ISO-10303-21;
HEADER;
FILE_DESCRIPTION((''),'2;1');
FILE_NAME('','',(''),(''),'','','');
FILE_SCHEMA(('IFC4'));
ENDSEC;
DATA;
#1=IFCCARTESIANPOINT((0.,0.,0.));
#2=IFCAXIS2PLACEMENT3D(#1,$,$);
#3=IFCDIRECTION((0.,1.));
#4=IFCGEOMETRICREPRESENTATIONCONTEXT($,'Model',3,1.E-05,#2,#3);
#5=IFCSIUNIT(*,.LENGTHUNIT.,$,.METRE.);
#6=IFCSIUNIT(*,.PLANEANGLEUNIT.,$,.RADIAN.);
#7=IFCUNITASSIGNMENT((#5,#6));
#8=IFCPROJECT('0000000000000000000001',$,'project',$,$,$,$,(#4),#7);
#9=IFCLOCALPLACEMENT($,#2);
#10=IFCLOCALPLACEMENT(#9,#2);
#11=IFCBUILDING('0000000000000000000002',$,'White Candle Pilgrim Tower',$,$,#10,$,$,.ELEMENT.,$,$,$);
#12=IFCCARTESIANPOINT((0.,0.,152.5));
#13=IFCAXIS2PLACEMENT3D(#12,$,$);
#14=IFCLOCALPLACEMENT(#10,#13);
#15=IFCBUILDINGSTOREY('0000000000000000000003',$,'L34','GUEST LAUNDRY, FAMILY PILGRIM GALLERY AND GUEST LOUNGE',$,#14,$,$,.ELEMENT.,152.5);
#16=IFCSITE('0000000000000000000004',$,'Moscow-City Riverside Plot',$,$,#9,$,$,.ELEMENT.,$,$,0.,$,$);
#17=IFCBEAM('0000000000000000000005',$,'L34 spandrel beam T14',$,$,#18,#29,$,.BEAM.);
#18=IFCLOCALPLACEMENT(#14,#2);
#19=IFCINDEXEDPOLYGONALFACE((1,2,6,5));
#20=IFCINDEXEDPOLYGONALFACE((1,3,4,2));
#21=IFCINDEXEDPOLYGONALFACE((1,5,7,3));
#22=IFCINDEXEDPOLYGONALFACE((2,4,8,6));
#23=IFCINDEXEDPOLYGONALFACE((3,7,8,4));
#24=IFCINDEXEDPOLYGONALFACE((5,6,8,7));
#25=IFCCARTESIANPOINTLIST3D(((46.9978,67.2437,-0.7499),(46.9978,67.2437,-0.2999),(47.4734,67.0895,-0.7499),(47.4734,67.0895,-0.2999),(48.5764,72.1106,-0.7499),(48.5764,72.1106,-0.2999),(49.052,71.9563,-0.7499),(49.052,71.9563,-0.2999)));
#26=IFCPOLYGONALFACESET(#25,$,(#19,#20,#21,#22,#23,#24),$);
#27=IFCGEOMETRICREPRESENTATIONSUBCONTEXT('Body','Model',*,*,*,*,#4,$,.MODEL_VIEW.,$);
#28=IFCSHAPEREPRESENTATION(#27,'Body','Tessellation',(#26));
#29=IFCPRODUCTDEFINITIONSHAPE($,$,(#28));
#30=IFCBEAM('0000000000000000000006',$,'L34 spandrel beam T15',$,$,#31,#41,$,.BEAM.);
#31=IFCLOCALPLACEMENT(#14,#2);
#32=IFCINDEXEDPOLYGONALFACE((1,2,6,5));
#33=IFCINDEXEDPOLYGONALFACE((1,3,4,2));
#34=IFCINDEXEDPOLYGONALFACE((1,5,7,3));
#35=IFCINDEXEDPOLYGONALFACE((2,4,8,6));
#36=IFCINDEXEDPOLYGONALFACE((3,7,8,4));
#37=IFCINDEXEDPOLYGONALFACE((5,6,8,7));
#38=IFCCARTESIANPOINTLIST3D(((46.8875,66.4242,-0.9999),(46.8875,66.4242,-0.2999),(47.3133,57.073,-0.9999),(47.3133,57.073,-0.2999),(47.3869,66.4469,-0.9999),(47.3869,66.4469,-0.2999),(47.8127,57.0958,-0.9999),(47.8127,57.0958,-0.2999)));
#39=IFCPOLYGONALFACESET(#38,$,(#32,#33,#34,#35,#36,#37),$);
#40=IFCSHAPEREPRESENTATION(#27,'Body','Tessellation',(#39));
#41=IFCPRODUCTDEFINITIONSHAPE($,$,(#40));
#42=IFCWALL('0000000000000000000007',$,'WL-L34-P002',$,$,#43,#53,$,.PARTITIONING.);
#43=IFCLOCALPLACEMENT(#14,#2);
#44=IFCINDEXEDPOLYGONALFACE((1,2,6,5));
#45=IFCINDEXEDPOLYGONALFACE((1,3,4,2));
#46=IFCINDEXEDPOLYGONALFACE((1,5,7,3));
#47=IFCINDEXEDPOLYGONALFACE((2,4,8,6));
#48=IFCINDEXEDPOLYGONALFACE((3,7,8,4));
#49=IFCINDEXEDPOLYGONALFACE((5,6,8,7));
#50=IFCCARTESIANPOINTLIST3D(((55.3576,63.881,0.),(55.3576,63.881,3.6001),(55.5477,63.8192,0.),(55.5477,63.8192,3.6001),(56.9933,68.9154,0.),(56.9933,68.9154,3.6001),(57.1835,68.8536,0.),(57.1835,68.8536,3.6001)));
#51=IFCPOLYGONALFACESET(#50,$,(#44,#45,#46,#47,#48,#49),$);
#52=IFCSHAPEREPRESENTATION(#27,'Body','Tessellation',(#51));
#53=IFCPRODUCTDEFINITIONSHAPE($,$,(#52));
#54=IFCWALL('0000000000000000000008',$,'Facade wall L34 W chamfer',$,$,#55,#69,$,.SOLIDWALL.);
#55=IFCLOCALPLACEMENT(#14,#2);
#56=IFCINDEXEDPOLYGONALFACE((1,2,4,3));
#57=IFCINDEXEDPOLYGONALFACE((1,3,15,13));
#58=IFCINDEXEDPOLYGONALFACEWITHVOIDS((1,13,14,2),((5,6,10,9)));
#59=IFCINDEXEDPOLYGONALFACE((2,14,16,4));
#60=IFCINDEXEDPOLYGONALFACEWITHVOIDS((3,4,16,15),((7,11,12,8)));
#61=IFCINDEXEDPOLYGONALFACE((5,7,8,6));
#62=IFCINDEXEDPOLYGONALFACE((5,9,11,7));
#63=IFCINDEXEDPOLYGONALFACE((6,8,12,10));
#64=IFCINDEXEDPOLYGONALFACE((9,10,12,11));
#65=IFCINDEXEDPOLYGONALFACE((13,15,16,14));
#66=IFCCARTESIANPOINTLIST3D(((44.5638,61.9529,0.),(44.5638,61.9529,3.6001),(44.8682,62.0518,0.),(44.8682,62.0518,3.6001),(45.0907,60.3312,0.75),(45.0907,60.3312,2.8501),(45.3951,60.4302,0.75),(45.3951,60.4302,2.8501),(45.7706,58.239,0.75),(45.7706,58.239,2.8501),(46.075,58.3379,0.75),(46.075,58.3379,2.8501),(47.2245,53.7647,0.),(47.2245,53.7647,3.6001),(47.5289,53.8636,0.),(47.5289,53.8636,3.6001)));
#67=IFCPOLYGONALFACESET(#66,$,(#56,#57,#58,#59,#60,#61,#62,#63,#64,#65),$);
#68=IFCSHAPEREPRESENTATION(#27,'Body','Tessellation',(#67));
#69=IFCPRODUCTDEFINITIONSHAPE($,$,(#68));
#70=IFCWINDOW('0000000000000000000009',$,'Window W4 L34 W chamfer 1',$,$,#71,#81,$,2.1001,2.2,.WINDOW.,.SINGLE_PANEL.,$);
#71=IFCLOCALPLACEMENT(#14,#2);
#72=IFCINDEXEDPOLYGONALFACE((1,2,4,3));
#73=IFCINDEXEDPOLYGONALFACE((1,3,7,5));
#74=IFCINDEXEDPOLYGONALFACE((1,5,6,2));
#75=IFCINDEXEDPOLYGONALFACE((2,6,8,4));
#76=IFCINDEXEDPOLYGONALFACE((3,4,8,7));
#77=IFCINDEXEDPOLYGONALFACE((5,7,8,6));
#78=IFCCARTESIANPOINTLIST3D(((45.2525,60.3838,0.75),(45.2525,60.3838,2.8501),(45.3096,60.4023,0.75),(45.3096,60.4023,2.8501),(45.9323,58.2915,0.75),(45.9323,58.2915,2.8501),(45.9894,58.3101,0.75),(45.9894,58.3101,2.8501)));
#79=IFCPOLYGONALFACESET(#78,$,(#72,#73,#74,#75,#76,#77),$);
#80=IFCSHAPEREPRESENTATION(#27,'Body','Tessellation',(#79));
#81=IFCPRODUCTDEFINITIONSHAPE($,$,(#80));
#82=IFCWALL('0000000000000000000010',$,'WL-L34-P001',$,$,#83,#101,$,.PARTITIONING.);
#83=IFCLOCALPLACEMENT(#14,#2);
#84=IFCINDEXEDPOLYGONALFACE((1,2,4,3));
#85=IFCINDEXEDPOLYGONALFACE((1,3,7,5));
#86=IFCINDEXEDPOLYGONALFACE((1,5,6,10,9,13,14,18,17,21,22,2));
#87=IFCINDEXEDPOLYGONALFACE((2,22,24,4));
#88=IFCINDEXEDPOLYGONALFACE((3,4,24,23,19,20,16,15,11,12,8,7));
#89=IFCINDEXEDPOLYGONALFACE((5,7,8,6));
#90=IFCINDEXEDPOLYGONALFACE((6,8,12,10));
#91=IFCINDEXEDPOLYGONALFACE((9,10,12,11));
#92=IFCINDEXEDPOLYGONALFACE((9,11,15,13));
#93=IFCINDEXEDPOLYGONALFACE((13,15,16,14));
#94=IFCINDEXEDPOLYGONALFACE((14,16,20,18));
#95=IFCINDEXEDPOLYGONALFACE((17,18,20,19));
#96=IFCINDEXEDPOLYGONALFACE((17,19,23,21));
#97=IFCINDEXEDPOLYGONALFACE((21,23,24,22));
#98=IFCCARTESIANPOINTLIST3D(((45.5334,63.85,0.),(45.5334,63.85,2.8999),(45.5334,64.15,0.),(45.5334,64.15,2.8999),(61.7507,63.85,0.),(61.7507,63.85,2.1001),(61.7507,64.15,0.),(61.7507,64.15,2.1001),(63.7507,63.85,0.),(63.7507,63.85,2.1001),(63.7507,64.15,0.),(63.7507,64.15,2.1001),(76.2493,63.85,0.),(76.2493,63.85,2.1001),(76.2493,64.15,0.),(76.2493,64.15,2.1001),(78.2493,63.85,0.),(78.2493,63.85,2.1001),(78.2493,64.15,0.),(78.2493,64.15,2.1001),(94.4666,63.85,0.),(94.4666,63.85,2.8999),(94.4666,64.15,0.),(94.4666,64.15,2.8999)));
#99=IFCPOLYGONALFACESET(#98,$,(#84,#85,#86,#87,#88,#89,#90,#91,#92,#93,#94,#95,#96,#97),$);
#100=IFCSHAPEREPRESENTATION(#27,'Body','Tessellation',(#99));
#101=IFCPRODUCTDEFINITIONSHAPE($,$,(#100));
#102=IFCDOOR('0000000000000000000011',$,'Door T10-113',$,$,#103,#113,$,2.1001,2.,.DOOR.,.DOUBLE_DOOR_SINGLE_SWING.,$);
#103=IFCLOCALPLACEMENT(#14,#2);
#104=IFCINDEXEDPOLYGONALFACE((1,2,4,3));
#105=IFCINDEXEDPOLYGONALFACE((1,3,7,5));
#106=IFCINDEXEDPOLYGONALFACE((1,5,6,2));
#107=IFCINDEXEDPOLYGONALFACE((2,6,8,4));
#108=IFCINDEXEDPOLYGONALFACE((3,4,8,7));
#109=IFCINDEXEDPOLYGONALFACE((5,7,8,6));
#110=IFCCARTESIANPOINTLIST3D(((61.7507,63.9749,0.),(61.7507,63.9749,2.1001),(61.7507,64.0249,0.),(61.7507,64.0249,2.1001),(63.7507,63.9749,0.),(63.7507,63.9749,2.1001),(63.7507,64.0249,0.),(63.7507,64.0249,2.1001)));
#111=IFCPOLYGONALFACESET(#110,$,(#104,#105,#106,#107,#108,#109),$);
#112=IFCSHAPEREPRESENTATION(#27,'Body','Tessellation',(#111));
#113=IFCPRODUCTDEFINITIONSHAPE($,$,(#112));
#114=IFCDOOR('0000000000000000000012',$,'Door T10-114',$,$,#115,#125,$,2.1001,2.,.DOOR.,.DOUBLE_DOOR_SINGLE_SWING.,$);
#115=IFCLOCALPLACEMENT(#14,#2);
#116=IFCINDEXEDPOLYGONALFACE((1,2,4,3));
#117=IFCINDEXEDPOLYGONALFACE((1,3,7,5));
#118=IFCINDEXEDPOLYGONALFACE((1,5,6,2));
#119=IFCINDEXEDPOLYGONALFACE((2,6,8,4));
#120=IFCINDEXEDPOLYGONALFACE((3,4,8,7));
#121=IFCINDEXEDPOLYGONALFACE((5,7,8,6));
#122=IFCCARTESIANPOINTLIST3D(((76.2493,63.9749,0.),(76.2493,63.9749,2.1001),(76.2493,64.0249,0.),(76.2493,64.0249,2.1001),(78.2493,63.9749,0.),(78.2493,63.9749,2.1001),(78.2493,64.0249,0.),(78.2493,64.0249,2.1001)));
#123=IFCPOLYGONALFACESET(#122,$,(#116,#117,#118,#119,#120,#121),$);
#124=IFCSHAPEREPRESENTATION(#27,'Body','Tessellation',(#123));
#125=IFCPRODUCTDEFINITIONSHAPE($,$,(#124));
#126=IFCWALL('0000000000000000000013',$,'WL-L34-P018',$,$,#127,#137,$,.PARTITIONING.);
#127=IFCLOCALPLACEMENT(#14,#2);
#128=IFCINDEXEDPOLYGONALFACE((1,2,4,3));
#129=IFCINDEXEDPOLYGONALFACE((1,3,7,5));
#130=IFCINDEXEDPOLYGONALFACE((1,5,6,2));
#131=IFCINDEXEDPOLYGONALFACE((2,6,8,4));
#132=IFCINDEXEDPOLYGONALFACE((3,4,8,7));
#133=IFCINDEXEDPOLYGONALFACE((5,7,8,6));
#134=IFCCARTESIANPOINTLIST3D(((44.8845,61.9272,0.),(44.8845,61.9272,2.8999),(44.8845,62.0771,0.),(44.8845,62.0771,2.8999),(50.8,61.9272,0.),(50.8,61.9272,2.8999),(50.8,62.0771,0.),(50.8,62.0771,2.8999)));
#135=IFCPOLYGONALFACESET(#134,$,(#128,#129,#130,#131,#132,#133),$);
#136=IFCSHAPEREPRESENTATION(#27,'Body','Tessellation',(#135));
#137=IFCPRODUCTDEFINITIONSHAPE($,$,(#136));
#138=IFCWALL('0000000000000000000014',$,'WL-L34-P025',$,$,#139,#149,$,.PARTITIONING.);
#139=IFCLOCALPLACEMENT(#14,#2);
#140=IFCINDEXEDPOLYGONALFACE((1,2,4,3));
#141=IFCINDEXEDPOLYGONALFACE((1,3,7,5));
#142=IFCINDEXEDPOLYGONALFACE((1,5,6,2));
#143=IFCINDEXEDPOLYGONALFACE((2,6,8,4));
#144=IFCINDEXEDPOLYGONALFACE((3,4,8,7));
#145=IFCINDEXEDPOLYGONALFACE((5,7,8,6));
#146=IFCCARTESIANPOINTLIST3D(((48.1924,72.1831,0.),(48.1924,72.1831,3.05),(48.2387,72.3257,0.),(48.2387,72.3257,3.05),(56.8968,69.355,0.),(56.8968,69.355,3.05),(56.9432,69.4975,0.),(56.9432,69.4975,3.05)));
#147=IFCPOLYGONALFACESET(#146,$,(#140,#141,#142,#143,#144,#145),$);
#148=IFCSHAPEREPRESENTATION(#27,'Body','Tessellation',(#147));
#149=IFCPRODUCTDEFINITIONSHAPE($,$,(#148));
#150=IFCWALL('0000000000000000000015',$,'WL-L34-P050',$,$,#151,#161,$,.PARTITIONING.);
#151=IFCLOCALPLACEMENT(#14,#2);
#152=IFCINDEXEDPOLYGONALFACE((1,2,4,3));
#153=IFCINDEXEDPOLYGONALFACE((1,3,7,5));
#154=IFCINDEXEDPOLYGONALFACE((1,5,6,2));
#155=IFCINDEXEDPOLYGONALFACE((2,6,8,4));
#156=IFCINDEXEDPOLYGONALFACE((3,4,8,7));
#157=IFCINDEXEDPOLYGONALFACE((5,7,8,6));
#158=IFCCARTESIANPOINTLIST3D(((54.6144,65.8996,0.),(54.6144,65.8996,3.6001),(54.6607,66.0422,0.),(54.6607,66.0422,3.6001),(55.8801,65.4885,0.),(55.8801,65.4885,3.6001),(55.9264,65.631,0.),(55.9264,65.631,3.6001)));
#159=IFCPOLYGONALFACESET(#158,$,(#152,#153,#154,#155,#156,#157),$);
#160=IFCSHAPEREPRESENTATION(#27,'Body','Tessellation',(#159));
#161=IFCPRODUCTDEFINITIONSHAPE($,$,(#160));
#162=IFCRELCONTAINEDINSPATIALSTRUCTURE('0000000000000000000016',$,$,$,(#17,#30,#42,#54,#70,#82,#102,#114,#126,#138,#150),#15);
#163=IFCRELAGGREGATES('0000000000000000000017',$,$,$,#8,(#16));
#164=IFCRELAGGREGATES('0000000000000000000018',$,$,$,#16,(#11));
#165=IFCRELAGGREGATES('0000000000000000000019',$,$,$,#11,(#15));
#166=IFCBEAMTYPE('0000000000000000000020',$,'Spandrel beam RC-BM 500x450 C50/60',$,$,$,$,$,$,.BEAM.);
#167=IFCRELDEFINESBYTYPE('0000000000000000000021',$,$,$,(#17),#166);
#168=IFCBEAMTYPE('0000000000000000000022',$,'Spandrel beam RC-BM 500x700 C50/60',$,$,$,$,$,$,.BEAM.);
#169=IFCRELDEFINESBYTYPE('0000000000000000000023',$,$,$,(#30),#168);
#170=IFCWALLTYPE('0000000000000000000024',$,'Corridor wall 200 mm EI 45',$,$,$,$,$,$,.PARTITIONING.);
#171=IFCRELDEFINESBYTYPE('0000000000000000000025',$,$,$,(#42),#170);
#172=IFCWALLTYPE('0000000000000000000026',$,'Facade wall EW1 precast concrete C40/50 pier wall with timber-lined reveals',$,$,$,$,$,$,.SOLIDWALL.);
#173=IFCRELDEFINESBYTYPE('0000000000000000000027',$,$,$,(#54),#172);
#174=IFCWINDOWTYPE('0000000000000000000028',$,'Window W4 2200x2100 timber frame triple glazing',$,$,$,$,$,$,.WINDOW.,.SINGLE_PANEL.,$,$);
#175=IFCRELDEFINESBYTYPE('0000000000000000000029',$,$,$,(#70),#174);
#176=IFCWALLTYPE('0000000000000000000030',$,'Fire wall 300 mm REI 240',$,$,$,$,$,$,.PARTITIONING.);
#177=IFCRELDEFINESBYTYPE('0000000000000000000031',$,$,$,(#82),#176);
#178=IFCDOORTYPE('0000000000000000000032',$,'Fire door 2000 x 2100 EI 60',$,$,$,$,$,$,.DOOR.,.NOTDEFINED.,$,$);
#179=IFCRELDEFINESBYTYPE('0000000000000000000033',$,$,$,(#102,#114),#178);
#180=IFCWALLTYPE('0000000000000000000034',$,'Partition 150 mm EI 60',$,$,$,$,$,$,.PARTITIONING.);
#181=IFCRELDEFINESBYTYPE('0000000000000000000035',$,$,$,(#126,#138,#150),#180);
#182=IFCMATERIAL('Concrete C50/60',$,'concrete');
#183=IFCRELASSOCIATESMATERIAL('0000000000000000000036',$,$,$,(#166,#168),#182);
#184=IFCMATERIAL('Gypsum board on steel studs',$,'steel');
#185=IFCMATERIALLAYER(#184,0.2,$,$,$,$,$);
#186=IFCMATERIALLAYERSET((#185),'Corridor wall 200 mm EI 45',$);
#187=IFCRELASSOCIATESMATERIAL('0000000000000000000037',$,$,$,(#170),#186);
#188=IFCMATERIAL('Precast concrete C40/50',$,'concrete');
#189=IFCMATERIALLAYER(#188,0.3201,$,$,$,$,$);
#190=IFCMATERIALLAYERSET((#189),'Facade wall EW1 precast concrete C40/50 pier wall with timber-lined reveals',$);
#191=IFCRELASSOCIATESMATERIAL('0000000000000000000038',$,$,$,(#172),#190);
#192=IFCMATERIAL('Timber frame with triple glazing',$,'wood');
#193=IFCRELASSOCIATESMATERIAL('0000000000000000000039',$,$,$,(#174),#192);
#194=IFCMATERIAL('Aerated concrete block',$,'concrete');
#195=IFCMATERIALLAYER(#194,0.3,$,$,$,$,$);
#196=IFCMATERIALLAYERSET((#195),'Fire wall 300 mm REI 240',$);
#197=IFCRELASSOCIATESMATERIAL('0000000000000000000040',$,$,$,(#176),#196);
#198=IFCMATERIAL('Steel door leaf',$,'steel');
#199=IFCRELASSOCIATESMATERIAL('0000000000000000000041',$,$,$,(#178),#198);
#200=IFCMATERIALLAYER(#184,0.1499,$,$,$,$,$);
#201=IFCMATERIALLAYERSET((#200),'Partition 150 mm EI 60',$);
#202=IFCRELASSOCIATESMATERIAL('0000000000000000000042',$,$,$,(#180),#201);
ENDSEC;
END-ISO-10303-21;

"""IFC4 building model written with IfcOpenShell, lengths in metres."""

from ifc_helpers import new_model, si_unit, direction, frame, frame_2d, origin, origin_2d, place, context, subcontext, project, spatial, rectangle, extrude, material, layer, layer_set, material_profile, profile_set, type_object, element, fill, save


model = new_model("IFC4")

# Units and contexts
model_context = context("Model", 3, precision=1e-05, world=origin(), true_north=direction((0.0, 1.0)))
body_context = subcontext(model_context, "Body", "Model", "MODEL_VIEW")
ifc_project = project(units=[si_unit("LENGTHUNIT", "METRE"), si_unit("PLANEANGLEUNIT", "RADIAN")], contexts=[model_context])

# Site, building, storey
site_placement = place(None, origin())
site = spatial("IfcSite", under=ifc_project, at=site_placement, Name="Moscow-City Riverside Plot", CompositionType="ELEMENT", RefElevation=0.0)
building_placement = place(site_placement, origin())
building = spatial("IfcBuilding", under=site, at=building_placement, Name="White Candle Pilgrim Tower", CompositionType="ELEMENT")
storey_placement = place(building_placement, frame((0.0, 0.0, 152.5)))
storey = spatial("IfcBuildingStorey", under=building, at=storey_placement, Name="L34", Description="GUEST LAUNDRY, FAMILY PILGRIM GALLERY AND GUEST LOUNGE", CompositionType="ELEMENT", Elevation=152.5)

# Beams
ifc_material_1 = material(Name="Concrete C50/60", Category="concrete")
ifc_material_profile_1 = material_profile(ifc_material_1, rectangle(XDim=0.5, YDim=0.45, at=origin_2d()), Name="RC-BM 500x450")
ifc_profile_set_1 = profile_set([ifc_material_profile_1], Name="Concrete C50/60")
beam_type_1 = type_object("IfcBeamType", Name="Spandrel beam RC-BM 500x450 C50/60", PredefinedType="BEAM", material=ifc_profile_set_1)
beam_1_placement = place(storey_placement, frame((48.8142, 72.0334, -0.5249), z_axis=(-0.30853, -0.951214, 0.0), x_axis=(0.951214, -0.30853, 0.0)))
element("IfcBeam", 1, at=beam_1_placement, inside=storey, type_object=beam_type_1, Name="L34 spandrel beam T14", PredefinedType="BEAM", context=body_context, shape_type="SweptSolid", body=[
    extrude(rectangle(XDim=0.5, YDim=0.45, at=origin_2d()), origin(), (0.0, 0.0, 1.0), 5.1165),
])
ifc_material_profile_2 = material_profile(ifc_material_1, rectangle(XDim=0.5, YDim=0.7, at=origin_2d()), Name="RC-BM 500x700")
ifc_profile_set_2 = profile_set([ifc_material_profile_2], Name="Concrete C50/60")
beam_type_2 = type_object("IfcBeamType", Name="Spandrel beam RC-BM 500x700 C50/60", PredefinedType="BEAM", material=ifc_profile_set_2)
beam_2_placement = place(storey_placement, frame((47.1372, 66.4355, -0.6499), z_axis=(0.045486, -0.998965, 0.0), x_axis=(0.998965, 0.045486, 0.0)))
element("IfcBeam", 2, at=beam_2_placement, inside=storey, type_object=beam_type_2, Name="L34 spandrel beam T15", PredefinedType="BEAM", context=body_context, shape_type="SweptSolid", body=[
    extrude(rectangle(XDim=0.5, YDim=0.7, at=origin_2d()), origin(), (0.0, 0.0, 1.0), 9.3608),
])

# Wall
ifc_material_2 = material(Name="Gypsum board on steel studs", Category="steel")
ifc_layer_1 = layer(ifc_material_2, 0.2)
ifc_layer_set_1 = layer_set([ifc_layer_1], Name="Corridor wall 200 mm EI 45")
wall_type_1 = type_object("IfcWallType", Name="Corridor wall 200 mm EI 45", PredefinedType="PARTITIONING", material=ifc_layer_set_1)
wall_1_placement = place(storey_placement, frame((55.4526, 63.8501, 0.0), z_axis=(0.0, 0.0, 1.0), x_axis=(0.30901, 0.951059, 0.0)))
element("IfcWall", 3, at=wall_1_placement, inside=storey, type_object=wall_type_1, Name="WL-L34-P002", PredefinedType="PARTITIONING", context=body_context, shape_type="SweptSolid", body=[
    extrude(rectangle(XDim=5.2935, YDim=0.2, at=frame_2d((2.6467, 0.0))), origin(), (0.0, 0.0, 1.0), 3.6001),
])

# Wall, opening, window
ifc_material_3 = material(Name="Precast concrete C40/50", Category="concrete")
ifc_layer_2 = layer(ifc_material_3, 0.3201)
ifc_layer_set_2 = layer_set([ifc_layer_2], Name="Facade wall EW1 precast concrete C40/50 pier wall with timber-lined reveals")
wall_type_2 = type_object("IfcWallType", Name="Facade wall EW1 precast concrete C40/50 pier wall with timber-lined reveals", PredefinedType="SOLIDWALL", material=ifc_layer_set_2)
wall_2_placement = place(storey_placement, frame((44.7161, 62.0022, 0.0), z_axis=(0.0, 0.0, 1.0), x_axis=(0.30903, -0.951052, 0.0)))
wall_2 = element("IfcWall", 4, at=wall_2_placement, inside=storey, type_object=wall_type_2, Name="Facade wall L34 W chamfer", PredefinedType="SOLIDWALL", context=body_context, shape_type="SweptSolid", body=[
    extrude(rectangle(XDim=8.6096, YDim=0.3201, at=frame_2d((4.3047, 0.0))), origin(), (0.0, 0.0, 1.0), 3.6001),
])
opening_1_placement = place(wall_2_placement, frame((1.7048, 0.0, 0.75)))
opening_1 = element("IfcOpeningElement", 5, at=opening_1_placement, cuts=wall_2, PredefinedType="OPENING", context=body_context, shape_type="SweptSolid", body=[
    extrude(rectangle(XDim=2.2, YDim=2.1001, at=frame_2d((1.1001, 1.05))), frame((0.0, 0.1699, 0.0), z_axis=(0.0, -1.0, 0.0), x_axis=(1.0, 0.0, 0.0)), (0.0, 0.0, 1.0), 0.3401),
])
ifc_material_4 = material(Name="Timber frame with triple glazing", Category="wood")
window_type = type_object("IfcWindowType", Name="Window W4 2200x2100 timber frame triple glazing", PartitioningType="SINGLE_PANEL", PredefinedType="WINDOW", material=ifc_material_4)
window_placement = place(opening_1_placement, origin())
window = element("IfcWindow", 6, at=window_placement, inside=storey, type_object=window_type, Name="Window W4 L34 W chamfer 1", OverallHeight=2.1001, OverallWidth=2.2, PartitioningType="SINGLE_PANEL", PredefinedType="WINDOW", context=body_context, shape_type="SweptSolid", body=[
    extrude(rectangle(XDim=2.2, YDim=2.1001, at=frame_2d((1.1001, 1.05))), frame((0.0, 0.0701, 0.0), z_axis=(0.0, -1.0, 0.0), x_axis=(1.0, 0.0, 0.0)), (0.0, 0.0, 1.0), 0.0601),
])
fill(opening_1, window)

# Wall, openings, doors
ifc_material_5 = material(Name="Aerated concrete block", Category="concrete")
ifc_layer_3 = layer(ifc_material_5, 0.3)
ifc_layer_set_3 = layer_set([ifc_layer_3], Name="Fire wall 300 mm REI 240")
wall_type_3 = type_object("IfcWallType", Name="Fire wall 300 mm REI 240", PredefinedType="PARTITIONING", material=ifc_layer_set_3)
wall_3_placement = place(storey_placement, frame((45.5334, 64.0, 0.0), z_axis=(0.0, 0.0, 1.0), x_axis=(1.0, 0.0, 0.0)))
wall_3 = element("IfcWall", 7, at=wall_3_placement, inside=storey, type_object=wall_type_3, Name="WL-L34-P001", PredefinedType="PARTITIONING", context=body_context, shape_type="SweptSolid", body=[
    extrude(rectangle(XDim=48.9331, YDim=0.3, at=frame_2d((24.4666, 0.0))), origin(), (0.0, 0.0, 1.0), 2.8999),
])
opening_2_placement = place(wall_3_placement, frame((16.2173, 0.0, 0.0)))
opening_2 = element("IfcOpeningElement", 8, at=opening_2_placement, cuts=wall_3, PredefinedType="OPENING", context=body_context, shape_type="SweptSolid", body=[
    extrude(rectangle(XDim=2.0, YDim=2.1001, at=frame_2d((1.0, 1.05))), frame((0.0, 0.1599, 0.0), z_axis=(0.0, -1.0, 0.0), x_axis=(1.0, 0.0, 0.0)), (0.0, 0.0, 1.0), 0.3201),
])
opening_3_placement = place(wall_3_placement, frame((30.7158, 0.0, 0.0)))
opening_3 = element("IfcOpeningElement", 9, at=opening_3_placement, cuts=wall_3, PredefinedType="OPENING", context=body_context, shape_type="SweptSolid", body=[
    extrude(rectangle(XDim=2.0, YDim=2.1001, at=frame_2d((1.0, 1.05))), frame((0.0, 0.1599, 0.0), z_axis=(0.0, -1.0, 0.0), x_axis=(1.0, 0.0, 0.0)), (0.0, 0.0, 1.0), 0.3201),
])
ifc_material_6 = material(Name="Steel door leaf", Category="steel")
door_type = type_object("IfcDoorType", Name="Fire door 2000 x 2100 EI 60", OperationType="NOTDEFINED", PredefinedType="DOOR", material=ifc_material_6)
door_1_placement = place(opening_2_placement, origin())
door_1 = element("IfcDoor", 10, at=door_1_placement, inside=storey, type_object=door_type, Name="Door T10-113", OperationType="DOUBLE_DOOR_SINGLE_SWING", OverallHeight=2.1001, OverallWidth=2.0, PredefinedType="DOOR", context=body_context, shape_type="SweptSolid", body=[
    extrude(rectangle(XDim=2.0, YDim=2.1001, at=frame_2d((1.0, 1.05))), frame((0.0, 0.0249, 0.0), z_axis=(0.0, -1.0, 0.0), x_axis=(1.0, 0.0, 0.0)), (0.0, 0.0, 1.0), 0.05),
])
fill(opening_2, door_1)
door_2_placement = place(opening_3_placement, origin())
door_2 = element("IfcDoor", 11, at=door_2_placement, inside=storey, type_object=door_type, Name="Door T10-114", OperationType="DOUBLE_DOOR_SINGLE_SWING", OverallHeight=2.1001, OverallWidth=2.0, PredefinedType="DOOR", context=body_context, shape_type="SweptSolid", body=[
    extrude(rectangle(XDim=2.0, YDim=2.1001, at=frame_2d((1.0, 1.05))), frame((0.0, 0.0249, 0.0), z_axis=(0.0, -1.0, 0.0), x_axis=(1.0, 0.0, 0.0)), (0.0, 0.0, 1.0), 0.05),
])
fill(opening_3, door_2)

# Walls
ifc_layer_4 = layer(ifc_material_2, 0.1499)
ifc_layer_set_4 = layer_set([ifc_layer_4], Name="Partition 150 mm EI 60")
wall_type_4 = type_object("IfcWallType", Name="Partition 150 mm EI 60", PredefinedType="PARTITIONING", material=ifc_layer_set_4)
wall_4_placement = place(storey_placement, frame((44.8845, 62.0022, 0.0), z_axis=(0.0, 0.0, 1.0), x_axis=(1.0, 0.0, 0.0)))
element("IfcWall", 12, at=wall_4_placement, inside=storey, type_object=wall_type_4, Name="WL-L34-P018", PredefinedType="PARTITIONING", context=body_context, shape_type="SweptSolid", body=[
    extrude(rectangle(XDim=5.9155, YDim=0.1499, at=frame_2d((2.9578, 0.0))), origin(), (0.0, 0.0, 1.0), 2.8999),
])
wall_5_placement = place(storey_placement, frame((48.2156, 72.2544, 0.0), z_axis=(0.0, 0.0, 1.0), x_axis=(0.951059, -0.309008, 0.0)))
element("IfcWall", 13, at=wall_5_placement, inside=storey, type_object=wall_type_4, Name="WL-L34-P025", PredefinedType="PARTITIONING", context=body_context, shape_type="SweptSolid", body=[
    extrude(rectangle(XDim=9.1523, YDim=0.1499, at=frame_2d((4.5762, 0.0))), origin(), (0.0, 0.0, 1.0), 3.05),
])
wall_6_placement = place(storey_placement, frame((54.6375, 65.9709, 0.0), z_axis=(0.0, 0.0, 1.0), x_axis=(0.951077, -0.308953, 0.0)))
element("IfcWall", 14, at=wall_6_placement, inside=storey, type_object=wall_type_4, Name="WL-L34-P050", PredefinedType="PARTITIONING", context=body_context, shape_type="SweptSolid", body=[
    extrude(rectangle(XDim=1.3308, YDim=0.1499, at=frame_2d((0.6655, 0.0))), origin(), (0.0, 0.0, 1.0), 3.6001),
])

save(model, "model.ifc")
